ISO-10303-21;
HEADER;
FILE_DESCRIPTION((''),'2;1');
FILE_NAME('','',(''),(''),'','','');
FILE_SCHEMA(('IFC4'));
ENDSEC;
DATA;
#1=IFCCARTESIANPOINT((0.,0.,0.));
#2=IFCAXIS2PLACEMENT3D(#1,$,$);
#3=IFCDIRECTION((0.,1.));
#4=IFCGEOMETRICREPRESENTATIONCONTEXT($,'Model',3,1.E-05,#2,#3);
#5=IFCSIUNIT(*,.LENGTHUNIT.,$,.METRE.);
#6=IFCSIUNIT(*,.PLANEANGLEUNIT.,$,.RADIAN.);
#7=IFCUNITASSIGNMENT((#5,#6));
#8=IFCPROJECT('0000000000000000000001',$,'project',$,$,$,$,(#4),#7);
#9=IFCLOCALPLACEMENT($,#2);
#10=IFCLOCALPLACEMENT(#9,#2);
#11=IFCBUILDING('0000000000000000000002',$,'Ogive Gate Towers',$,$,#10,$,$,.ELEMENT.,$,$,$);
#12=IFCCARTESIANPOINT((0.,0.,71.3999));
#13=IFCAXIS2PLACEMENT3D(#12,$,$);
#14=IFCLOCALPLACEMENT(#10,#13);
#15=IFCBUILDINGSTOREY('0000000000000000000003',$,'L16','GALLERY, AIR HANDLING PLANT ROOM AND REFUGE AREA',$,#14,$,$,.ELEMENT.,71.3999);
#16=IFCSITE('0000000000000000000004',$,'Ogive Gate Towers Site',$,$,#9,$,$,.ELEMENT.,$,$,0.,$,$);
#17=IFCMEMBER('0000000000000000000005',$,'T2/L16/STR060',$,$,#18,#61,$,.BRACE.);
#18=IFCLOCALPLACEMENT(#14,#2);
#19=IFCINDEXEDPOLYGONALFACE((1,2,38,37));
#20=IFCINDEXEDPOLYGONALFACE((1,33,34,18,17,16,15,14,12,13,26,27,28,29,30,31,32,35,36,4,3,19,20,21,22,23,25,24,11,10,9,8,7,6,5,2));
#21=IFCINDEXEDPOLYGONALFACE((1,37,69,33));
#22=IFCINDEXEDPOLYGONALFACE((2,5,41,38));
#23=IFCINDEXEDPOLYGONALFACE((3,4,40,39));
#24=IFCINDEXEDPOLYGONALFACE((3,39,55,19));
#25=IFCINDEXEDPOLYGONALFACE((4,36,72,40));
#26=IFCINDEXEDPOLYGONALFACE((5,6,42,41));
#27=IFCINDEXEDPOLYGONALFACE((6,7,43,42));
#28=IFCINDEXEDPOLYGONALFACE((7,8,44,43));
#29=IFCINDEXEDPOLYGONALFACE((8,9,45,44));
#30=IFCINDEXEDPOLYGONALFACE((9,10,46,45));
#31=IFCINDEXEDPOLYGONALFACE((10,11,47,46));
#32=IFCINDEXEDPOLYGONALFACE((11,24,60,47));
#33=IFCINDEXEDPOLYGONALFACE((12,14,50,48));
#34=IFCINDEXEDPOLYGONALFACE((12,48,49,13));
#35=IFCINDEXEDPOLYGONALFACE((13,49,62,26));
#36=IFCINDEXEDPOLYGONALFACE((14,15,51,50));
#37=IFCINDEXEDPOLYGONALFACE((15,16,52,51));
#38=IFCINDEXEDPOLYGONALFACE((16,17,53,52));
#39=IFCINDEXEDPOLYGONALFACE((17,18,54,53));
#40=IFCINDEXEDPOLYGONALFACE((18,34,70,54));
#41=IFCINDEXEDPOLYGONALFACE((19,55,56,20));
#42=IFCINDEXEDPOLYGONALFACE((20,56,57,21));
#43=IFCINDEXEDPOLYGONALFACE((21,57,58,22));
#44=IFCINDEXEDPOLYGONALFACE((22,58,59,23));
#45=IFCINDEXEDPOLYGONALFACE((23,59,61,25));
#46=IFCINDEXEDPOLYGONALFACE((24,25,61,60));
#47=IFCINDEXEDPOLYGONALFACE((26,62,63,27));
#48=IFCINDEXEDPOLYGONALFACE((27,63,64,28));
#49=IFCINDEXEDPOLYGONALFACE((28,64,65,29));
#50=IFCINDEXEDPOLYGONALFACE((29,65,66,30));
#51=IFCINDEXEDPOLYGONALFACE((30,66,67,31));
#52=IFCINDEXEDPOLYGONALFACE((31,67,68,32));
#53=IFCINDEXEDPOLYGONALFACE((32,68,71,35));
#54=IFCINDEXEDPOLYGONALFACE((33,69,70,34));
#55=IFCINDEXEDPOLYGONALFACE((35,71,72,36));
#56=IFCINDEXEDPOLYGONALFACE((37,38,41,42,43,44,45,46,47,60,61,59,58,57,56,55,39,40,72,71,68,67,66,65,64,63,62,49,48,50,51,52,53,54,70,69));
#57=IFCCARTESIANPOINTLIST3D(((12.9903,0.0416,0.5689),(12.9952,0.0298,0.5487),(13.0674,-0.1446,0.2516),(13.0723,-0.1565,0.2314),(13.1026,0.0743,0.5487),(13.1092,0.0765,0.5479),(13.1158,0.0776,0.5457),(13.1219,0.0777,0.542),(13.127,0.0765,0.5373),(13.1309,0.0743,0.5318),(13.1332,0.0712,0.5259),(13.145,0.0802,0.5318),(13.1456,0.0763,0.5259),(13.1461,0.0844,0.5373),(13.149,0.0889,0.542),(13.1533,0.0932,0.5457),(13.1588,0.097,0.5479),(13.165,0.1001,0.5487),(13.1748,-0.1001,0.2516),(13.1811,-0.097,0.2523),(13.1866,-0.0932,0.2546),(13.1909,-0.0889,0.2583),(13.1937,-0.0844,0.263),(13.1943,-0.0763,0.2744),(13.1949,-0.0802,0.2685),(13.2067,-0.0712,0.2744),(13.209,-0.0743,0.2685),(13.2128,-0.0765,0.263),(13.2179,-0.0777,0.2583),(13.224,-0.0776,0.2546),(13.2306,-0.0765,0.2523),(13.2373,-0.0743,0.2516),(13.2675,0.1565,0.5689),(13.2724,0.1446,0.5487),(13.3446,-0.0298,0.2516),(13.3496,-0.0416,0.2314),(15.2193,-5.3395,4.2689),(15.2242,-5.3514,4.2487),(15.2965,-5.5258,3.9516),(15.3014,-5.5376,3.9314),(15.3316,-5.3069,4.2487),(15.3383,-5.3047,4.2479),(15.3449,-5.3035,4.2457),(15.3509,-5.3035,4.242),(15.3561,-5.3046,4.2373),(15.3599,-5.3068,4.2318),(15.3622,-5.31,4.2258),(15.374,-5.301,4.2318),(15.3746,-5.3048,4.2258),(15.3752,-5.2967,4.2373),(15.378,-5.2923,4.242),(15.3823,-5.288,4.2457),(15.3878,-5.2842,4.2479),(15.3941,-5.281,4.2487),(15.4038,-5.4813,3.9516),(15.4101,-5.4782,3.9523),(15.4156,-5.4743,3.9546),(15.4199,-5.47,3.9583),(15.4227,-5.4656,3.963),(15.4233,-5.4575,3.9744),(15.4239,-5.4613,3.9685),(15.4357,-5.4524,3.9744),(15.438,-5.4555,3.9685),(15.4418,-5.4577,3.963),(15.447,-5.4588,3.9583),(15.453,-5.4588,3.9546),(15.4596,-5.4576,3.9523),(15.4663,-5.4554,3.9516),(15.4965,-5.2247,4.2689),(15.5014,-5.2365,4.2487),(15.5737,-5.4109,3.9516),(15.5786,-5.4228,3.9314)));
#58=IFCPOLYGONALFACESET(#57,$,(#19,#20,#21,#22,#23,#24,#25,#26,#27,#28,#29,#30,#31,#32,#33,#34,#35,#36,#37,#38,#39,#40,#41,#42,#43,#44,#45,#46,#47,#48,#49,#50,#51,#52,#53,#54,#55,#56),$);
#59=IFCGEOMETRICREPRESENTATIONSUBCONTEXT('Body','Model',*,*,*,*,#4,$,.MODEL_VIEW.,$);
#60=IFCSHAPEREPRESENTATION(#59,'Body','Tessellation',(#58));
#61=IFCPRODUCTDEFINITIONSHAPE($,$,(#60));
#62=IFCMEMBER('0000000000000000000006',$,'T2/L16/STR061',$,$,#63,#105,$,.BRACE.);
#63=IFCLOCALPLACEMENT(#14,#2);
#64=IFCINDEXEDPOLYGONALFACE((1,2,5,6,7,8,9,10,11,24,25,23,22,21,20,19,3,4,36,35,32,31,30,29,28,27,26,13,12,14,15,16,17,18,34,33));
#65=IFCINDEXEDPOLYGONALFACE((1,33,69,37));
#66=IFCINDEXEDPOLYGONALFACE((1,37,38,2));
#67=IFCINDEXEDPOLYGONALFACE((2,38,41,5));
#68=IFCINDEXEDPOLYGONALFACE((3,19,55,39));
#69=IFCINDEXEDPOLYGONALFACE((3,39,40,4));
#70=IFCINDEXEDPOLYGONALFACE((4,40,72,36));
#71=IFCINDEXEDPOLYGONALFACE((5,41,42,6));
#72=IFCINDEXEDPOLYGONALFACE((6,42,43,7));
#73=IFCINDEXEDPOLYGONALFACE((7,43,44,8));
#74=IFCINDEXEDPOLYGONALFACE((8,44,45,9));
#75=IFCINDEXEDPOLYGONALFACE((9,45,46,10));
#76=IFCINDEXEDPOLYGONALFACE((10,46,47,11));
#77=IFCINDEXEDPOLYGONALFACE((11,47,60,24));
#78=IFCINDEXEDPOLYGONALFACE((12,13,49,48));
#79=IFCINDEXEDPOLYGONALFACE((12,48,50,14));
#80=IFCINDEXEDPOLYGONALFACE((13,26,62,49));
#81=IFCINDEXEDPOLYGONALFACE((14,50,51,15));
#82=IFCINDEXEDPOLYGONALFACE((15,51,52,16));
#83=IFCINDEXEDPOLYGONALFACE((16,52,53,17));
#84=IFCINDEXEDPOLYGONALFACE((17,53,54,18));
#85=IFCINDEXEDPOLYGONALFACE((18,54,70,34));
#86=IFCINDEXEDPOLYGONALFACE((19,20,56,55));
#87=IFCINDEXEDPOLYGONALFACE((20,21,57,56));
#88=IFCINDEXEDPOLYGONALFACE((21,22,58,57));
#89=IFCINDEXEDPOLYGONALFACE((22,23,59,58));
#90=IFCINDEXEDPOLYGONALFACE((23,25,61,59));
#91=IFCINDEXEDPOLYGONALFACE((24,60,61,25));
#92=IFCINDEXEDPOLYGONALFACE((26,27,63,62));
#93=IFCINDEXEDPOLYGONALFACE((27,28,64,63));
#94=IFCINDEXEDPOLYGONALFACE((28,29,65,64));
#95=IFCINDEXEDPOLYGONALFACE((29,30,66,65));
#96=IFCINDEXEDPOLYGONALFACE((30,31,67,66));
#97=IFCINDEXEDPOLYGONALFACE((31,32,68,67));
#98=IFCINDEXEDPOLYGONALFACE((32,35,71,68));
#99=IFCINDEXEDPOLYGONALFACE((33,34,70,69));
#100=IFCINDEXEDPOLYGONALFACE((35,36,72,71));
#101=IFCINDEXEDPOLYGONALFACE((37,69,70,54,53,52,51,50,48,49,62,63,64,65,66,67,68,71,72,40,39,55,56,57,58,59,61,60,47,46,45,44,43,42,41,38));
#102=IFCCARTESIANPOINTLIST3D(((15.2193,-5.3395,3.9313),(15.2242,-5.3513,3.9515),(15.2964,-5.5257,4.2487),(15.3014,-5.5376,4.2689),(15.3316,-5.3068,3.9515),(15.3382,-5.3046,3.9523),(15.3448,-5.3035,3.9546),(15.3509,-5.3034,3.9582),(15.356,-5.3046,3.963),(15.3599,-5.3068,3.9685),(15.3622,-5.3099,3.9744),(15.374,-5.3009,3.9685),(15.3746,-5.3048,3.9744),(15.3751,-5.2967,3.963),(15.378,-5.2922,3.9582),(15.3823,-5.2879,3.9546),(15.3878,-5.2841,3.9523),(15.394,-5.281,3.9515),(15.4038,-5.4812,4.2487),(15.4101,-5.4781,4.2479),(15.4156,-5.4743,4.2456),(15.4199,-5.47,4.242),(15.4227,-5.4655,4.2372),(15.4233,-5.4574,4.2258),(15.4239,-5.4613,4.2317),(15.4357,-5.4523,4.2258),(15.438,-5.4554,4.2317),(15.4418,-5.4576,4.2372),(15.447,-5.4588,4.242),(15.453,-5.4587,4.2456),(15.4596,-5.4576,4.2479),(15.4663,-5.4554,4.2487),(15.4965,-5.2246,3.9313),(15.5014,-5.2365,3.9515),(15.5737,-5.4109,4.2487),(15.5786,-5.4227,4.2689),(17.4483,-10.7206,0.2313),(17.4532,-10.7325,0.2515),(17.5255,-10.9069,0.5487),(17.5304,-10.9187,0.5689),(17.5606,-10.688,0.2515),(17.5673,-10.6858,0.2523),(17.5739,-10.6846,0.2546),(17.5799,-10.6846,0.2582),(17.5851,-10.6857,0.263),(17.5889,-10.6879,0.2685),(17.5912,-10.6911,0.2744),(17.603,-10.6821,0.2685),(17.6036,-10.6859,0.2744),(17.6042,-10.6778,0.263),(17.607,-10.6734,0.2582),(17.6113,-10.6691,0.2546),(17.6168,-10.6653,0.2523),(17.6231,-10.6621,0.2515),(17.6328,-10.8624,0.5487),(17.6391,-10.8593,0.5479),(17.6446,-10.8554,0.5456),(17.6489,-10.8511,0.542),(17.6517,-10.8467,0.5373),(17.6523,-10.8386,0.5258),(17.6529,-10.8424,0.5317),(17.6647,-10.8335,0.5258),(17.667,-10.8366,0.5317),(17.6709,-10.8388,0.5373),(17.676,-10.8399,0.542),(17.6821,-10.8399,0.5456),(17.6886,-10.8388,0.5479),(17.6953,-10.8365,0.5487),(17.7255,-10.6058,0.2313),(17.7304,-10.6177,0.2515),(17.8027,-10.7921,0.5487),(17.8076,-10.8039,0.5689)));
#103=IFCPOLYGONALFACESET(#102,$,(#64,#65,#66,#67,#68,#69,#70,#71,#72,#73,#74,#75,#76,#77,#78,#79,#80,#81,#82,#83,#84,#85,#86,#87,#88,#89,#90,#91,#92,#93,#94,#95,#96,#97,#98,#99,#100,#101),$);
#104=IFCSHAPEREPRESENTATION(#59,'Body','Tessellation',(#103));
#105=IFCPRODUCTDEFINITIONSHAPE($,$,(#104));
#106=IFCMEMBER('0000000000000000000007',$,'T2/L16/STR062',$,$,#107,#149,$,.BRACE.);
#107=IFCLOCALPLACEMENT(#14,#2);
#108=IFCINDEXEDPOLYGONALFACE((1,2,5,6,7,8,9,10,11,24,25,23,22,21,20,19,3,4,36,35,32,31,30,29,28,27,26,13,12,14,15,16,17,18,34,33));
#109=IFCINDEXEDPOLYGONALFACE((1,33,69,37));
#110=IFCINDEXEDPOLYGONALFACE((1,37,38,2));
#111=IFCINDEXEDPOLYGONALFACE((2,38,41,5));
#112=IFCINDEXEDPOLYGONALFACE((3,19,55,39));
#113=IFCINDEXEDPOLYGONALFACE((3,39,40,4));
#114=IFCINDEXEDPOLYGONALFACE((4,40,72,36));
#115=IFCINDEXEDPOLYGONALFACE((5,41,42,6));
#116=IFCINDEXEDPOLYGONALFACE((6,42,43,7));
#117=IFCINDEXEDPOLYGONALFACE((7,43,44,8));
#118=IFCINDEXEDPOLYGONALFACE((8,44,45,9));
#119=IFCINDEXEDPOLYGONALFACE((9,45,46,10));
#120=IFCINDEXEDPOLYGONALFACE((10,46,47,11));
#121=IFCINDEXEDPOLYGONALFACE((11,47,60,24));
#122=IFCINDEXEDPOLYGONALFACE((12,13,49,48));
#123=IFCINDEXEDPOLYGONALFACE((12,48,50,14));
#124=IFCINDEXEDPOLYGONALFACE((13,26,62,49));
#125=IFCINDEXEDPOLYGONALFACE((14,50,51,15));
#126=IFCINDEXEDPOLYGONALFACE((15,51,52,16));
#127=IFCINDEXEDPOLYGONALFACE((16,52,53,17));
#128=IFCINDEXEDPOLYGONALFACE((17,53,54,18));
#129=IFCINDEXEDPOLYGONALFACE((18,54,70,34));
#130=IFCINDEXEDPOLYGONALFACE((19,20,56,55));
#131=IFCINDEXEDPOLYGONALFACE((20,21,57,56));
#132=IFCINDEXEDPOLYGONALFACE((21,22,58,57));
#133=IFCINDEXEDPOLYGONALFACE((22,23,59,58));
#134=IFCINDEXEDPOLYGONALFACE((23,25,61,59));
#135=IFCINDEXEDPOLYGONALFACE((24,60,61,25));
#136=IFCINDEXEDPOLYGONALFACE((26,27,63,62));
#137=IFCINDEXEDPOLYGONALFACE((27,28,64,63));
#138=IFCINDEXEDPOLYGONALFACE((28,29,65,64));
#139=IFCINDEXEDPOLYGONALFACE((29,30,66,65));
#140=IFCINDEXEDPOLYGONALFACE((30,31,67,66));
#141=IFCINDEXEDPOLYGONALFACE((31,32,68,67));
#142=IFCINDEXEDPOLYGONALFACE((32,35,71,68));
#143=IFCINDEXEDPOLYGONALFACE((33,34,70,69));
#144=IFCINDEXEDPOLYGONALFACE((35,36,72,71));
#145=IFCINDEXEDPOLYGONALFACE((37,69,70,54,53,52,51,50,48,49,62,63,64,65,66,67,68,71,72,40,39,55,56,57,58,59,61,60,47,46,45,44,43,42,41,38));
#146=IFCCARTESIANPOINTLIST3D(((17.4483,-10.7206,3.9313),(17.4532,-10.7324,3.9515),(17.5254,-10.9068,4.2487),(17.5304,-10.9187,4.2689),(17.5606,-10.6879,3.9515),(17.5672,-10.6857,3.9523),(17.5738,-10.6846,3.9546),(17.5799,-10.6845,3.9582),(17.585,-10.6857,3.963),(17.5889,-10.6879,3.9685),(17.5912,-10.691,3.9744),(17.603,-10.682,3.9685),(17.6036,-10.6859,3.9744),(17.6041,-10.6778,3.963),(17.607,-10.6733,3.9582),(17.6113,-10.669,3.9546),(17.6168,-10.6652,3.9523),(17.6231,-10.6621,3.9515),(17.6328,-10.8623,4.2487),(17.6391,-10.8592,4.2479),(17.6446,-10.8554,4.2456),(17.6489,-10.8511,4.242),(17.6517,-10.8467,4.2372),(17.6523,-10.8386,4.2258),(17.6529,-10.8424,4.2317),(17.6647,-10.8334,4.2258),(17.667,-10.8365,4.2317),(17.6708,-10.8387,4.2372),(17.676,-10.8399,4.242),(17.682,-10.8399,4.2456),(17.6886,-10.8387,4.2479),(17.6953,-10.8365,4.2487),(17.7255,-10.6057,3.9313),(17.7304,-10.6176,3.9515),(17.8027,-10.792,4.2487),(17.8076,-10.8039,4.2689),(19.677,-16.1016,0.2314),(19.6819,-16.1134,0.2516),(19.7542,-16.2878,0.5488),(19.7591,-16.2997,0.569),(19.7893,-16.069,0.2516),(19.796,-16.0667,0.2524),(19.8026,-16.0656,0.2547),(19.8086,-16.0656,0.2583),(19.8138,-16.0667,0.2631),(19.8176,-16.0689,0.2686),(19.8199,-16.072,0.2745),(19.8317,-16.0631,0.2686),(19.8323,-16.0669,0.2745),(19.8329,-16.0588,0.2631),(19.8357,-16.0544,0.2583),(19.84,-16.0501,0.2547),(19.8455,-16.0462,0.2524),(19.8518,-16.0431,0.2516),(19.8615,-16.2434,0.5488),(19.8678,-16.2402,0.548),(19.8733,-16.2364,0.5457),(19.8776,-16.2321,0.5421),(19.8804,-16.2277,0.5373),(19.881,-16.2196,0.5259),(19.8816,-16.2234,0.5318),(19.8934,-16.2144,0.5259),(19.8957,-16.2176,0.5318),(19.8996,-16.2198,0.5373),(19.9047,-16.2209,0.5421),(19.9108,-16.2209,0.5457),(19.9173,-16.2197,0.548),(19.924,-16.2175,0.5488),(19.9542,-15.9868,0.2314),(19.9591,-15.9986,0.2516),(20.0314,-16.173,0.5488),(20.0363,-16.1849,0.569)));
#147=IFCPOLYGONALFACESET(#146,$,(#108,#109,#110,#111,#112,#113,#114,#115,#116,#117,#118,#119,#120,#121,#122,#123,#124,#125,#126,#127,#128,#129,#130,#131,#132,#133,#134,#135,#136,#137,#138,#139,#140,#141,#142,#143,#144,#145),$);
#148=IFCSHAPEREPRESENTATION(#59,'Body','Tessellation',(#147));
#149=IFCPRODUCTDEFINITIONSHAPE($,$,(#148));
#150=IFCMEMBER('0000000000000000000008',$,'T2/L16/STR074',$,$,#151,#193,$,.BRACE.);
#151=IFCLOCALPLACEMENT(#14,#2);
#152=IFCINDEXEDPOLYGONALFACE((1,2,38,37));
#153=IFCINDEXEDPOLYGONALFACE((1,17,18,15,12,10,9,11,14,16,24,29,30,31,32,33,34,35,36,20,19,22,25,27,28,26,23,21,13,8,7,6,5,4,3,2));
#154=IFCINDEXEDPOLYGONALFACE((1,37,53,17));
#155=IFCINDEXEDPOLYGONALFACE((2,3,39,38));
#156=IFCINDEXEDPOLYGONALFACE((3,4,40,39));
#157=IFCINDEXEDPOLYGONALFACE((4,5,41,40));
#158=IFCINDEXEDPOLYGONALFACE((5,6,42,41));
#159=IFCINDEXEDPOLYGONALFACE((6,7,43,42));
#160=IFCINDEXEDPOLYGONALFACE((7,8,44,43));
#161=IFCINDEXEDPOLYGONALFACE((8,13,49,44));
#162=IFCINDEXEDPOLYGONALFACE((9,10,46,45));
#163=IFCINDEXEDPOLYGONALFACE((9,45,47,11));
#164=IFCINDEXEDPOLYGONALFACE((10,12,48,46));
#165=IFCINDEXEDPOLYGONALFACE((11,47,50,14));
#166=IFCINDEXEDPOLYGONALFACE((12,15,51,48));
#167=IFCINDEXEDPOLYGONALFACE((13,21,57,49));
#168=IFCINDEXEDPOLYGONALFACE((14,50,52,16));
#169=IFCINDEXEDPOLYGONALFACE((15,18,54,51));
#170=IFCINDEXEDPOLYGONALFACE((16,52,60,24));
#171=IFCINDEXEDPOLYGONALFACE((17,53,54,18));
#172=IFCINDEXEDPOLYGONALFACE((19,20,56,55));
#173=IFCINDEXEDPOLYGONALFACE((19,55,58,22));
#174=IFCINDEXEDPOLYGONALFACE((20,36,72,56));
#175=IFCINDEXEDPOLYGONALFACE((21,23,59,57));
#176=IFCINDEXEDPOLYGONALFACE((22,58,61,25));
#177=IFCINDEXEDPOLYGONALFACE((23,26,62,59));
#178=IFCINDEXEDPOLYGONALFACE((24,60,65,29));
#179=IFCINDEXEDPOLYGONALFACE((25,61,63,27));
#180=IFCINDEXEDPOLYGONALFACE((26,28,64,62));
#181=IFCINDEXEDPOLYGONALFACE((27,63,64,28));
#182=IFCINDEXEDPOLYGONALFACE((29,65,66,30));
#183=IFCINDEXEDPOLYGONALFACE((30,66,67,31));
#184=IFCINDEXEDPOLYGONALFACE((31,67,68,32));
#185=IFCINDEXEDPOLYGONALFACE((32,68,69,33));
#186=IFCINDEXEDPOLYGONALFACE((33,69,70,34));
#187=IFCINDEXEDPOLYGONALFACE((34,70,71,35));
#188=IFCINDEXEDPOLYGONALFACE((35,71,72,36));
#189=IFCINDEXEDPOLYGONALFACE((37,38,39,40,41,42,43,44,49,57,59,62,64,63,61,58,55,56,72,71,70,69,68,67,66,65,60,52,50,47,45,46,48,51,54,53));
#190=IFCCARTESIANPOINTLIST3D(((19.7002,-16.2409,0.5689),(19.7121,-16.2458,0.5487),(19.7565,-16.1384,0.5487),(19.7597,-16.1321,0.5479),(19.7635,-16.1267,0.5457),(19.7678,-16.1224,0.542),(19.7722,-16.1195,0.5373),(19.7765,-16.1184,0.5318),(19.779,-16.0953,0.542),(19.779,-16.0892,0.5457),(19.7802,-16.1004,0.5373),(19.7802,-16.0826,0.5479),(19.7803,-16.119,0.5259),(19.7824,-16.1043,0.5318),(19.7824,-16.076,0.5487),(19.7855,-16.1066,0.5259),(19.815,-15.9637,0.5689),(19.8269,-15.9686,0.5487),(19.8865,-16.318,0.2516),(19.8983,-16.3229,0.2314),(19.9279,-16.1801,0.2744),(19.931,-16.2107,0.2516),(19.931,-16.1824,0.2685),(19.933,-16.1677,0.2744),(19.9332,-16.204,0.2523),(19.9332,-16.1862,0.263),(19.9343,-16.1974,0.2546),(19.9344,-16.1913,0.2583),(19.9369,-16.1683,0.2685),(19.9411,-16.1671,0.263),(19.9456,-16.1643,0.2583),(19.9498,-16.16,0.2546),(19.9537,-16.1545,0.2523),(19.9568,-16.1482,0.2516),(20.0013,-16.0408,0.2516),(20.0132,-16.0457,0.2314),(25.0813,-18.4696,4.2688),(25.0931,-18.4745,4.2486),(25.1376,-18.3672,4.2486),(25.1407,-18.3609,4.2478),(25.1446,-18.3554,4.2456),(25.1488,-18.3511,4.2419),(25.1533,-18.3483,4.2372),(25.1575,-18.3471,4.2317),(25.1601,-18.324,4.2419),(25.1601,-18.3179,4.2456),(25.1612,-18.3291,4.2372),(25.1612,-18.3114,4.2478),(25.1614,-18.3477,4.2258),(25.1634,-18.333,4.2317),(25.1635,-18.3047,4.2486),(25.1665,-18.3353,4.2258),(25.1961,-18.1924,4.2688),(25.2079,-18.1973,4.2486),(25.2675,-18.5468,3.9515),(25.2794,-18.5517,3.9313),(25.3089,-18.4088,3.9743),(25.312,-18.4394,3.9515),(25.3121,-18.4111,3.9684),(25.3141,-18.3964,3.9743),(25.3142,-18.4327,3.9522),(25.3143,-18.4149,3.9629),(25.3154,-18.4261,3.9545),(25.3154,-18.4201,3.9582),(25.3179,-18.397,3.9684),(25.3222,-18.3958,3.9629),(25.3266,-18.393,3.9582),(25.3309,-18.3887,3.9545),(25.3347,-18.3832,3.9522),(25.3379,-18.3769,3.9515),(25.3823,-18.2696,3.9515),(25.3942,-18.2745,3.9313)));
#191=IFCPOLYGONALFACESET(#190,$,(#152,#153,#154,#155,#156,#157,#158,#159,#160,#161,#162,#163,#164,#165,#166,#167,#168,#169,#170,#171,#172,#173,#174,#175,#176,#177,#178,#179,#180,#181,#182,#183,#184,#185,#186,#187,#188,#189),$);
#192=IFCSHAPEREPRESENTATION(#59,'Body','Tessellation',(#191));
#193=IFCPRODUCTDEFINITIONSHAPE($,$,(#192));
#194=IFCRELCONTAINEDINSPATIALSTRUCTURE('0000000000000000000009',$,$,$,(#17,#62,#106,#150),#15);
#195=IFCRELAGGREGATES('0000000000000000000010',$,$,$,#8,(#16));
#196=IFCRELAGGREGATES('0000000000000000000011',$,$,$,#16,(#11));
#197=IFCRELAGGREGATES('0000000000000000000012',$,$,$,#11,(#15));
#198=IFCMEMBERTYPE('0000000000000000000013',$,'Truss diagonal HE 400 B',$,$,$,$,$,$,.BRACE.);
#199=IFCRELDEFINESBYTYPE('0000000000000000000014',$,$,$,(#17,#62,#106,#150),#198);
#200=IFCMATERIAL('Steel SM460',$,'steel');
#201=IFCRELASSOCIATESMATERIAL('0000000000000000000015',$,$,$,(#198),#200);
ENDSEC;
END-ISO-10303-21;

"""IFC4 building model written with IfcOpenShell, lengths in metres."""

from ifc_helpers import new_model, si_unit, direction, frame, origin, origin_2d, place, context, subcontext, project, spatial, i_section, extrude, material, material_profile, profile_set, type_object, element, save


model = new_model("IFC4")

# Units and contexts
model_context = context("Model", 3, precision=1e-05, world=origin(), true_north=direction((0.0, 1.0)))
body_context = subcontext(model_context, "Body", "Model", "MODEL_VIEW")
ifc_project = project(units=[si_unit("LENGTHUNIT", "METRE"), si_unit("PLANEANGLEUNIT", "RADIAN")], contexts=[model_context])

# Site, building, storey
site_placement = place(None, origin())
site = spatial("IfcSite", under=ifc_project, at=site_placement, Name="Ogive Gate Towers Site", CompositionType="ELEMENT", RefElevation=0.0)
building_placement = place(site_placement, origin())
building = spatial("IfcBuilding", under=site, at=building_placement, Name="Ogive Gate Towers", CompositionType="ELEMENT")
storey_placement = place(building_placement, frame((0.0, 0.0, 71.3999)))
storey = spatial("IfcBuildingStorey", under=building, at=storey_placement, Name="L16", Description="GALLERY, AIR HANDLING PLANT ROOM AND REFUGE AREA", CompositionType="ELEMENT", Elevation=71.3999)

# Shared definitions
ifc_material_1 = material(Name="Steel SM460", Category="steel")

# Members
ifc_material_profile_1 = material_profile(ifc_material_1, i_section(OverallWidth=0.3, OverallDepth=0.3999, WebThickness=0.0134, FlangeThickness=0.0239, FilletRadius=0.0271, at=origin_2d()), Name="HE 400 B")
ifc_profile_set_1 = profile_set([ifc_material_profile_1], Name="Steel SM460")
member_type_1 = type_object("IfcMemberType", Name="Truss diagonal HE 400 B", PredefinedType="BRACE", material=ifc_profile_set_1)
for number, where, z_axis, x_axis, name in (
    (1, (13.1699, 0.0, 0.4001), (0.323029, -0.779834, 0.5362), (0.923875, 0.382695, 0.0), "T2/L16/STR060"),
    (2, (15.3989, -5.3811, 4.1001), (0.323029, -0.779834, -0.5362), (0.923875, 0.382695, 0.0), "T2/L16/STR061"),
):
    element("IfcMember", number, at=place(storey_placement, frame(where, z_axis=z_axis, x_axis=x_axis)), inside=storey, type_object=member_type_1, Name=name, PredefinedType="BRACE", context=body_context, shape_type="SweptSolid", body=[
        extrude(i_section(OverallWidth=0.3, OverallDepth=0.3999, WebThickness=0.0134, FlangeThickness=0.0239, FilletRadius=0.0271, at=origin_2d()), origin(), (0.0, 0.0, 1.0), 6.9004),
    ])
for number, where, z_axis, x_axis, name in (
    (3, (17.6279, -10.7622, 4.1001), (0.322998, -0.779843, -0.536206), (0.92389, 0.382659, 0.0), "T2/L16/STR062"),
    (4, (19.8567, -16.1433, 0.4001), (0.779843, -0.322998, 0.536206), (0.382659, 0.92389, 0.0), "T2/L16/STR074"),
):
    element("IfcMember", number, at=place(storey_placement, frame(where, z_axis=z_axis, x_axis=x_axis)), inside=storey, type_object=member_type_1, Name=name, PredefinedType="BRACE", context=body_context, shape_type="SweptSolid", body=[
        extrude(i_section(OverallWidth=0.3, OverallDepth=0.3999, WebThickness=0.0134, FlangeThickness=0.0239, FilletRadius=0.0271, at=origin_2d()), origin(), (0.0, 0.0, 1.0), 6.9001),
    ])

save(model, "model.ifc")
